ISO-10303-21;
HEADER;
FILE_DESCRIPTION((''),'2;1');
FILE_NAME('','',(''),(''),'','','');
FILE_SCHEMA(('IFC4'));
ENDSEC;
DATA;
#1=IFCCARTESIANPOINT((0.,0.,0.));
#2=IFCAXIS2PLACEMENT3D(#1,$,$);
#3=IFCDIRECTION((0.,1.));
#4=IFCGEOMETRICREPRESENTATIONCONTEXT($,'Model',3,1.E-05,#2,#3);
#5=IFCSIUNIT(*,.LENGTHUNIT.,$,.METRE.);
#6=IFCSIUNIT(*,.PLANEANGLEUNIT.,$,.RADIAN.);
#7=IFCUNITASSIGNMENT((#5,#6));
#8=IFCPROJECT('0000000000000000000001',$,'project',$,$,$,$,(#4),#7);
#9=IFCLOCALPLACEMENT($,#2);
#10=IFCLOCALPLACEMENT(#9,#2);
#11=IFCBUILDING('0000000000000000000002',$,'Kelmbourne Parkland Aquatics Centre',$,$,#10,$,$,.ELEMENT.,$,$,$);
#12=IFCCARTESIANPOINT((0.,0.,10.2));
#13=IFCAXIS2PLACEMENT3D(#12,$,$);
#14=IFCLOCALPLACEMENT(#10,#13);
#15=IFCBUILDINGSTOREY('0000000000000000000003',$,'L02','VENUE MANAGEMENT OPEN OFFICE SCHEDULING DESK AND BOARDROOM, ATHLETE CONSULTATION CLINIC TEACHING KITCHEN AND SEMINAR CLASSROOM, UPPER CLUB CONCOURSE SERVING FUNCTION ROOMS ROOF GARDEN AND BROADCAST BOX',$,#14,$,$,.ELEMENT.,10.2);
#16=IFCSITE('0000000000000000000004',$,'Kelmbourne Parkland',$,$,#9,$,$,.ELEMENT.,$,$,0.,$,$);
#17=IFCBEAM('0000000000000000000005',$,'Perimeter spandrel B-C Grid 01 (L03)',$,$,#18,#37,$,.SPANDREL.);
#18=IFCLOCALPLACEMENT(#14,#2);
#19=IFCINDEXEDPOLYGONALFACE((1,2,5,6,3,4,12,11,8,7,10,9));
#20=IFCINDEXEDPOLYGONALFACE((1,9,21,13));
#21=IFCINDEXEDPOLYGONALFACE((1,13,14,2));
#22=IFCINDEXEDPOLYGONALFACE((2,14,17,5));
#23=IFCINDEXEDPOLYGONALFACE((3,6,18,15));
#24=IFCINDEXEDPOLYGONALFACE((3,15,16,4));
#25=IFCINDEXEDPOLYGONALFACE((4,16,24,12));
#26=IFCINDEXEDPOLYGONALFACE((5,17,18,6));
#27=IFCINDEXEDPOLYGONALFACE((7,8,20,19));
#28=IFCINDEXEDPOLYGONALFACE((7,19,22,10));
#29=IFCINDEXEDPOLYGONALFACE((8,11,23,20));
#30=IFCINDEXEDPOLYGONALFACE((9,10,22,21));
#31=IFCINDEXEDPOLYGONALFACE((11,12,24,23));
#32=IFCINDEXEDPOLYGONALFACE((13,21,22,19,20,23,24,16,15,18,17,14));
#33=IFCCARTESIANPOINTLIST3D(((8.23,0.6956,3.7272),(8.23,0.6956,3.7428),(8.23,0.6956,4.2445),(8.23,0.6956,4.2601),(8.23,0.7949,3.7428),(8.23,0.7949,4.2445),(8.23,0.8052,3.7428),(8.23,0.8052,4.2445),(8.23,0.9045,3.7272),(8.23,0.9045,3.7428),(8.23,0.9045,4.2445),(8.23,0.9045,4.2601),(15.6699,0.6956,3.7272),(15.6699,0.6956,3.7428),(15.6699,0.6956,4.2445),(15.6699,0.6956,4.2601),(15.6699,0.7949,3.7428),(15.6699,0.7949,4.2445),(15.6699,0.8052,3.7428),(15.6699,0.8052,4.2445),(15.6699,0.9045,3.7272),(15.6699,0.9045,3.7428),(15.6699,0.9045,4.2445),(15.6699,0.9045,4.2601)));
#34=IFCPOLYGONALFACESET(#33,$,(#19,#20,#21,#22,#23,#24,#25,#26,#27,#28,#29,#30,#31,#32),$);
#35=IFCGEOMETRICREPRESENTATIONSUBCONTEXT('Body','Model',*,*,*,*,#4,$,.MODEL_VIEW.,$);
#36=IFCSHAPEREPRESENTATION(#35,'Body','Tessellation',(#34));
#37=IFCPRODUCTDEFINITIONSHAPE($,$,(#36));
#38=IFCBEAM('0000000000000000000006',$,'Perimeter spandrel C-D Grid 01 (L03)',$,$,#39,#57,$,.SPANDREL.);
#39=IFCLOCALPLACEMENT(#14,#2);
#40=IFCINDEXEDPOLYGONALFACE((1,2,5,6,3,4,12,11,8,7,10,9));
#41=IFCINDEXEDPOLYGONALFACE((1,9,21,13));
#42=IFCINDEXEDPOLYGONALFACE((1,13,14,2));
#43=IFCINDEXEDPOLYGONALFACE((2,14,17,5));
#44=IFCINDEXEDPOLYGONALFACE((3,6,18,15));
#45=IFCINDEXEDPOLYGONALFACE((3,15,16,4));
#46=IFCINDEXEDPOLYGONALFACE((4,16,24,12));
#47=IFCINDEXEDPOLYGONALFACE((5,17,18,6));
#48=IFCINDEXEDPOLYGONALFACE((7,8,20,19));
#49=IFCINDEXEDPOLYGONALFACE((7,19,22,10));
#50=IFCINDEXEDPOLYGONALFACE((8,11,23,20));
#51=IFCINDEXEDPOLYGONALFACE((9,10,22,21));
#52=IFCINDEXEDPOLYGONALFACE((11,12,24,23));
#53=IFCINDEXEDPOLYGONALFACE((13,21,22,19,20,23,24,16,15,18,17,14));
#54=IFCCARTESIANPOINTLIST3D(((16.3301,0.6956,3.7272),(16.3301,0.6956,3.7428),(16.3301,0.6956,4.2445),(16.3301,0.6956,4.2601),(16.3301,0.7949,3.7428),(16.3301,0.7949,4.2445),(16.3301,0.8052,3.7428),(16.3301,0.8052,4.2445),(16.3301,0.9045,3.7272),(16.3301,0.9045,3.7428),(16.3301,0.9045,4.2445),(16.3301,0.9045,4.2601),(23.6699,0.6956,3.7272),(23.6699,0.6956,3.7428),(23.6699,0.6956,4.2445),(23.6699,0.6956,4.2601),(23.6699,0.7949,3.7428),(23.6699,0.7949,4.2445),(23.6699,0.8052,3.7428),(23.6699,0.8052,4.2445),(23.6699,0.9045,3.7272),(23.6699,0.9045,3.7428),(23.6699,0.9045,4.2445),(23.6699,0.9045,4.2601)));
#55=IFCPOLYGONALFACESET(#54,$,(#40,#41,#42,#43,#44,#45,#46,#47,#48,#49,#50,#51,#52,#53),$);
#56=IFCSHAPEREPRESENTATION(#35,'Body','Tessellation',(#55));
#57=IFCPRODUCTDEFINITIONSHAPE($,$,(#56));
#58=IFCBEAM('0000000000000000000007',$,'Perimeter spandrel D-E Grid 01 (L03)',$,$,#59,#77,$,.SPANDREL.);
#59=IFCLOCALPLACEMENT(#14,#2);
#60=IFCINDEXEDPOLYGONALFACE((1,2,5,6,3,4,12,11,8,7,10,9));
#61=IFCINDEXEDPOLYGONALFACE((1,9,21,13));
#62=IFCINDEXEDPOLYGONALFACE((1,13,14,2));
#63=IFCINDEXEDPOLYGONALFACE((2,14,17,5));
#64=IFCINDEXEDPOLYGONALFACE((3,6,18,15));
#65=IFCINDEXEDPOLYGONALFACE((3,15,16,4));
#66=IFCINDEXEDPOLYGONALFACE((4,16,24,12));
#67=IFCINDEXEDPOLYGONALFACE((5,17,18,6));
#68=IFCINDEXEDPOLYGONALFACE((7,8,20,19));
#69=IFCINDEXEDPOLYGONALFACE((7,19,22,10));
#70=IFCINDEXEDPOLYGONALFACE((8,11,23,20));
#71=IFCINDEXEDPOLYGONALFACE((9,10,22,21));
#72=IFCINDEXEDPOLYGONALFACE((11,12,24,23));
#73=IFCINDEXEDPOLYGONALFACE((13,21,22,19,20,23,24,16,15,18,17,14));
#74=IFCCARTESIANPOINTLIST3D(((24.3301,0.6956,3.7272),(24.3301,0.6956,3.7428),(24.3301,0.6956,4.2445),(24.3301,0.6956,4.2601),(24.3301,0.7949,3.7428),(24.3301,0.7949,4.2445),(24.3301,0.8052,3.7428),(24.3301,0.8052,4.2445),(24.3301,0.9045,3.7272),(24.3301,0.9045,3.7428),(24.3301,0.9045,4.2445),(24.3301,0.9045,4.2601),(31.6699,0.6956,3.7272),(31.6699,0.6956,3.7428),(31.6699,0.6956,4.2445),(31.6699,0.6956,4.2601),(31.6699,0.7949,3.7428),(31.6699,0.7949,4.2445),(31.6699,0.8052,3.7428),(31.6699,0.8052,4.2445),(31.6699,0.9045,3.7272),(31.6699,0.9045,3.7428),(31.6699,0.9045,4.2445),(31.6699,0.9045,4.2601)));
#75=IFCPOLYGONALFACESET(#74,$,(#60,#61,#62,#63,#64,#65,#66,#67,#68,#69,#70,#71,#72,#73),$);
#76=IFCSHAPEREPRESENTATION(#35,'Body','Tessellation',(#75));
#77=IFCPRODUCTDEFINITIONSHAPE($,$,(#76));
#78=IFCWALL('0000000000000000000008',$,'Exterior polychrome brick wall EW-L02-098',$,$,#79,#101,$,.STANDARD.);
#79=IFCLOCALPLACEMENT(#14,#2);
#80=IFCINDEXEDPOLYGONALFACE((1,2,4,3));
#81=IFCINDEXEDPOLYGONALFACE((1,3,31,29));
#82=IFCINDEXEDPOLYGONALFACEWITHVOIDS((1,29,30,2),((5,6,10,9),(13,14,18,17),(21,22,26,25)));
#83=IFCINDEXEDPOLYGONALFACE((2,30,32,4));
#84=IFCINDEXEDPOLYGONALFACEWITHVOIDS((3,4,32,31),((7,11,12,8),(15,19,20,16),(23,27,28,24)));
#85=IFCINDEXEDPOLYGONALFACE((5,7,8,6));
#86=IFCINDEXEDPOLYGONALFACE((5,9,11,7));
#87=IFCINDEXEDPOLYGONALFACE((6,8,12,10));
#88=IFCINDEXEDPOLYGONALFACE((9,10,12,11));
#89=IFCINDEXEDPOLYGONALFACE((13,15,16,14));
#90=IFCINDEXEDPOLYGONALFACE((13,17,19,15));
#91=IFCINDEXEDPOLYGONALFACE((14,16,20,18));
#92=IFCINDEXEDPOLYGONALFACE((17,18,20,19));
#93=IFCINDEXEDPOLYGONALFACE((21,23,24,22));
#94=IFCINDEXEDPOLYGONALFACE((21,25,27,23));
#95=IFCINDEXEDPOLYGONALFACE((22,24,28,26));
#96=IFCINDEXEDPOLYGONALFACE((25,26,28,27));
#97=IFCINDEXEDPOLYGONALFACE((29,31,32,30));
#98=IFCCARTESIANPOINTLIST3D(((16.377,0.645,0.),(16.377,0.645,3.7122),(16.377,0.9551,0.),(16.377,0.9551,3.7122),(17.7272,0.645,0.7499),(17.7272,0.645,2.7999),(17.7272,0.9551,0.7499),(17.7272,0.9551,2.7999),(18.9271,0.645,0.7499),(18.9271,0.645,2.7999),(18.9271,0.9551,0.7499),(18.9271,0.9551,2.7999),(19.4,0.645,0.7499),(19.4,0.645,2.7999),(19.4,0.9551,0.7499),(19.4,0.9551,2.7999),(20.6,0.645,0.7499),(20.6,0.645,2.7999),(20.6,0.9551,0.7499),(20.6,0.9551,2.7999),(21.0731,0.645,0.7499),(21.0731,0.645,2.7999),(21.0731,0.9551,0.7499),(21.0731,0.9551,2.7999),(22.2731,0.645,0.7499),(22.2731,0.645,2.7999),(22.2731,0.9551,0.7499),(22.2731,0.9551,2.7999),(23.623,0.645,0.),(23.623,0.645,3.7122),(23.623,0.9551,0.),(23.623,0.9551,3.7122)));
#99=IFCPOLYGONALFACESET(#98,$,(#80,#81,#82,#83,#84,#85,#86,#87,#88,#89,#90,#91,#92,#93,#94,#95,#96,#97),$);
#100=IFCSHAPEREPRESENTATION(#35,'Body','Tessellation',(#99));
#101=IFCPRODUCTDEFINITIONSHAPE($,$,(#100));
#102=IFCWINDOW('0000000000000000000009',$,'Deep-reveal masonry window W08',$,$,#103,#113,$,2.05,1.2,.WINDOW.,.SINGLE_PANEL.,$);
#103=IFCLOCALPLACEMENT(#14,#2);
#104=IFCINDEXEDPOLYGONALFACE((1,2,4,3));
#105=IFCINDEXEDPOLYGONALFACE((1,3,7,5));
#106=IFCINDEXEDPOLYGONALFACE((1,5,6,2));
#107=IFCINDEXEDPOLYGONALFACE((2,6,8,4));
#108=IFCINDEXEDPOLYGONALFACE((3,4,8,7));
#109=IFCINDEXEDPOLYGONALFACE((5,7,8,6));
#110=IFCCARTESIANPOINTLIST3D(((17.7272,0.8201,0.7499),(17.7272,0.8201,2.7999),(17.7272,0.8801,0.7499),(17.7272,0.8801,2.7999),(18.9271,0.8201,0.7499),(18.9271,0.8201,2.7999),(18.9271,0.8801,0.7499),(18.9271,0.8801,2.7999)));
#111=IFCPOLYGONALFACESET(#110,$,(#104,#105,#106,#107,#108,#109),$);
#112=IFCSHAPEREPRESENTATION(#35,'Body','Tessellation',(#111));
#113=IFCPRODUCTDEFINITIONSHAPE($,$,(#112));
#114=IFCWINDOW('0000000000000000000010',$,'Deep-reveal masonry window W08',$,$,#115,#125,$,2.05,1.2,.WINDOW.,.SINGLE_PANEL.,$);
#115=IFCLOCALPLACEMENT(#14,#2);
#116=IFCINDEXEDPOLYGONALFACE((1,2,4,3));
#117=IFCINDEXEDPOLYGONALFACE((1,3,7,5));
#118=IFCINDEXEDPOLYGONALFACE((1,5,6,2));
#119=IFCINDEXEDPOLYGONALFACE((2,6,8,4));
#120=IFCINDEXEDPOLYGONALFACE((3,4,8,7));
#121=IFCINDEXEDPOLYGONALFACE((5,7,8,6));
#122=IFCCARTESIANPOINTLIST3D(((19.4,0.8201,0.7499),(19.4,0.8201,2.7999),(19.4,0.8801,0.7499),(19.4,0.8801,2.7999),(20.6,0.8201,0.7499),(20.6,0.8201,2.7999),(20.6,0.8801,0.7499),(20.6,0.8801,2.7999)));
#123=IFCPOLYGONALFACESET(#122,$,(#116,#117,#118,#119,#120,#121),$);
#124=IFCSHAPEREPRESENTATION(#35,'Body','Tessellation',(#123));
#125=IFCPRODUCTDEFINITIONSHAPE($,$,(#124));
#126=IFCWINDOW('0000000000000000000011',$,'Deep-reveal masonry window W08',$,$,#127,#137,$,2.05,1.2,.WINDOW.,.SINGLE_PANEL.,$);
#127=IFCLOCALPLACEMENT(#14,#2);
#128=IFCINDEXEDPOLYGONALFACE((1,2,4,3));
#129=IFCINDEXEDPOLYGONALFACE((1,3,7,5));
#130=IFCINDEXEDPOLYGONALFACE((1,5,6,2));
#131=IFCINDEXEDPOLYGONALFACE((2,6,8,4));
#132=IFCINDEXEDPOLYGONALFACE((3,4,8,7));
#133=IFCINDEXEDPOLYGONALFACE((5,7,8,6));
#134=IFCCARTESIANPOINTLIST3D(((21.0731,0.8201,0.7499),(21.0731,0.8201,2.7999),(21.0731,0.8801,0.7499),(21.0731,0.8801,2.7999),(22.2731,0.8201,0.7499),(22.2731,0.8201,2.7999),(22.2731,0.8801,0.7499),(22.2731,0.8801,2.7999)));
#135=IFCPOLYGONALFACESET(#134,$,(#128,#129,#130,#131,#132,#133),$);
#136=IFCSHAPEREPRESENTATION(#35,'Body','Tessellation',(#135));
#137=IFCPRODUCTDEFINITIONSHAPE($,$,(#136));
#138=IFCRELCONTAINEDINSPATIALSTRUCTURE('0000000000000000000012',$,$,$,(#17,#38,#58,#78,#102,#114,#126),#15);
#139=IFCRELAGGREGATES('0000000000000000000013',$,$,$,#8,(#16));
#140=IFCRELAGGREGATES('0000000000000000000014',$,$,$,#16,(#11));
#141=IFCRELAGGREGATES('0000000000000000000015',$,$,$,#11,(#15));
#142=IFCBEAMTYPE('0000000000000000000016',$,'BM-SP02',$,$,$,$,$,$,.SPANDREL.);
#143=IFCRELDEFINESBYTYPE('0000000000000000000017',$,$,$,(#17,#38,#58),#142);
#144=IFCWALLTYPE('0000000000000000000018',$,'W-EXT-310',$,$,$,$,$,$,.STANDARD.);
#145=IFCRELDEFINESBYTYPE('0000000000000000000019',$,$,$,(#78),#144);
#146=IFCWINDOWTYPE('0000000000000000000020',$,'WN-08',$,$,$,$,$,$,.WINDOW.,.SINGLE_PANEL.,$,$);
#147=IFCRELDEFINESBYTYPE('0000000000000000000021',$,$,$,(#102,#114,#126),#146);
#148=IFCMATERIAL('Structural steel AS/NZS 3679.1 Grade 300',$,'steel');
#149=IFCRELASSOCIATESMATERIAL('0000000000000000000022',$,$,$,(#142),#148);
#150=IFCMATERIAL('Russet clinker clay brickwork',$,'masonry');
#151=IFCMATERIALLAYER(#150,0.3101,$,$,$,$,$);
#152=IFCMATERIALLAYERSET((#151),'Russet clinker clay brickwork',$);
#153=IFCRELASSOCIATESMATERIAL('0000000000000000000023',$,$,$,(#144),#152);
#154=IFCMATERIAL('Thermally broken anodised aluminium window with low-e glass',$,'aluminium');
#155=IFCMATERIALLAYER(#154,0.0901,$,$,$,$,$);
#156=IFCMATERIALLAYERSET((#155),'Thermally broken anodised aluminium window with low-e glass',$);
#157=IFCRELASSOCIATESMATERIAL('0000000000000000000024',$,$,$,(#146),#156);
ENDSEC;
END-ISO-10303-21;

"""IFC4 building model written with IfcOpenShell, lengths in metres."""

from ifc_helpers import new_model, si_unit, direction, frame, frame_2d, origin, origin_2d, place, context, subcontext, project, spatial, rectangle, i_section, extrude, material, layer, layer_set, material_profile, profile_set, type_object, element, fill, save


model = new_model("IFC4")

# Units and contexts
model_context = context("Model", 3, precision=1e-05, world=origin(), true_north=direction((0.0, 1.0)))
body_context = subcontext(model_context, "Body", "Model", "MODEL_VIEW")
ifc_project = project(units=[si_unit("LENGTHUNIT", "METRE"), si_unit("PLANEANGLEUNIT", "RADIAN")], contexts=[model_context])

# Site, building, storey
site_placement = place(None, origin())
site = spatial("IfcSite", under=ifc_project, at=site_placement, Name="Kelmbourne Parkland", CompositionType="ELEMENT", RefElevation=0.0)
building_placement = place(site_placement, origin())
building = spatial("IfcBuilding", under=site, at=building_placement, Name="Kelmbourne Parkland Aquatics Centre", CompositionType="ELEMENT")
storey_placement = place(building_placement, frame((0.0, 0.0, 10.2)))
storey = spatial("IfcBuildingStorey", under=building, at=storey_placement, Name="L02", Description="VENUE MANAGEMENT OPEN OFFICE SCHEDULING DESK AND BOARDROOM, ATHLETE CONSULTATION CLINIC TEACHING KITCHEN AND SEMINAR CLASSROOM, UPPER CLUB CONCOURSE SERVING FUNCTION ROOMS ROOF GARDEN AND BROADCAST BOX", CompositionType="ELEMENT", Elevation=10.2)

# Beams
ifc_material_1 = material(Name="Structural steel AS/NZS 3679.1 Grade 300", Category="steel")
ifc_material_profile_1 = material_profile(ifc_material_1, i_section(OverallWidth=0.209, OverallDepth=0.533, WebThickness=0.0103, FlangeThickness=0.0156, at=origin_2d()), Name="530UB92.4")
ifc_profile_set_1 = profile_set([ifc_material_profile_1], Name="Structural steel AS/NZS 3679.1 Grade 300")
beam_type_1 = type_object("IfcBeamType", Name="BM-SP02", PredefinedType="SPANDREL", material=ifc_profile_set_1)
beam_1_placement = place(storey_placement, frame((8.23, 0.8, 3.9937), z_axis=(1.0, 0.0, 0.0), x_axis=(0.0, 1.0, 0.0)))
element("IfcBeam", 1, at=beam_1_placement, inside=storey, type_object=beam_type_1, Name="Perimeter spandrel B-C Grid 01 (L03)", PredefinedType="SPANDREL", context=body_context, shape_type="SweptSolid", body=[
    extrude(i_section(OverallWidth=0.209, OverallDepth=0.533, WebThickness=0.0103, FlangeThickness=0.0156, at=origin_2d()), origin(), (0.0, 0.0, 1.0), 7.4399),
])
for number, where, z_axis, x_axis, name in (
    (2, (16.3301, 0.8, 3.9937), (1.0, 0.0, 0.0), (0.0, 1.0, 0.0), "Perimeter spandrel C-D Grid 01 (L03)"),
    (3, (24.3301, 0.8, 3.9937), (1.0, 0.0, 0.0), (0.0, 1.0, 0.0), "Perimeter spandrel D-E Grid 01 (L03)"),
):
    element("IfcBeam", number, at=place(storey_placement, frame(where, z_axis=z_axis, x_axis=x_axis)), inside=storey, type_object=beam_type_1, Name=name, PredefinedType="SPANDREL", context=body_context, shape_type="SweptSolid", body=[
        extrude(i_section(OverallWidth=0.209, OverallDepth=0.533, WebThickness=0.0103, FlangeThickness=0.0156, at=origin_2d()), origin(), (0.0, 0.0, 1.0), 7.3398),
    ])

# Wall, openings, windows
ifc_material_2 = material(Name="Russet clinker clay brickwork", Category="masonry")
ifc_layer_1 = layer(ifc_material_2, 0.3101)
ifc_layer_set_1 = layer_set([ifc_layer_1], Name="Russet clinker clay brickwork")
wall_type_1 = type_object("IfcWallType", Name="W-EXT-310", PredefinedType="STANDARD", material=ifc_layer_set_1)
wall_1_placement = place(storey_placement, frame((16.377, 0.8, 0.0), z_axis=(0.0, 0.0, 1.0), x_axis=(1.0, 0.0, 0.0)))
wall_1 = element("IfcWall", 4, at=wall_1_placement, inside=storey, type_object=wall_type_1, Name="Exterior polychrome brick wall EW-L02-098", PredefinedType="STANDARD", context=body_context, shape_type="SweptSolid", body=[
    extrude(rectangle(XDim=7.2461, YDim=0.3101, at=frame_2d((3.623, 0.0))), origin(), (0.0, 0.0, 1.0), 3.7122),
])
opening_1_placement = place(wall_1_placement, frame((1.3501, 0.0, 0.75)))
opening_1 = element("IfcOpeningElement", 5, at=opening_1_placement, cuts=wall_1, PredefinedType="OPENING", context=body_context, shape_type="SweptSolid", body=[
    extrude(rectangle(XDim=1.2, YDim=2.05, at=frame_2d((0.6001, 1.0249))), frame((0.0, 0.167, 0.0), z_axis=(0.0, -1.0, 0.0), x_axis=(1.0, 0.0, 0.0)), (0.0, 0.0, 1.0), 0.334),
])
opening_2_placement = place(wall_1_placement, frame((3.0229, 0.0, 0.75)))
opening_2 = element("IfcOpeningElement", 6, at=opening_2_placement, cuts=wall_1, PredefinedType="OPENING", context=body_context, shape_type="SweptSolid", body=[
    extrude(rectangle(XDim=1.2, YDim=2.05, at=frame_2d((0.6001, 1.0249))), frame((0.0, 0.167, 0.0), z_axis=(0.0, -1.0, 0.0), x_axis=(1.0, 0.0, 0.0)), (0.0, 0.0, 1.0), 0.334),
])
opening_3_placement = place(wall_1_placement, frame((4.696, 0.0, 0.75)))
opening_3 = element("IfcOpeningElement", 7, at=opening_3_placement, cuts=wall_1, PredefinedType="OPENING", context=body_context, shape_type="SweptSolid", body=[
    extrude(rectangle(XDim=1.2, YDim=2.05, at=frame_2d((0.6001, 1.0249))), frame((0.0, 0.167, 0.0), z_axis=(0.0, -1.0, 0.0), x_axis=(1.0, 0.0, 0.0)), (0.0, 0.0, 1.0), 0.334),
])
ifc_material_3 = material(Name="Thermally broken anodised aluminium window with low-e glass", Category="aluminium")
ifc_layer_2 = layer(ifc_material_3, 0.0901)
ifc_layer_set_2 = layer_set([ifc_layer_2], Name="Thermally broken anodised aluminium window with low-e glass")
window_type_1 = type_object("IfcWindowType", Name="WN-08", PartitioningType="SINGLE_PANEL", PredefinedType="WINDOW", material=ifc_layer_set_2)
window_1_placement = place(opening_1_placement, origin())
window_1 = element("IfcWindow", 8, at=window_1_placement, inside=storey, type_object=window_type_1, Name="Deep-reveal masonry window W08", OverallHeight=2.05, OverallWidth=1.2, PartitioningType="SINGLE_PANEL", PredefinedType="WINDOW", context=body_context, shape_type="SweptSolid", body=[
    extrude(rectangle(XDim=1.2, YDim=2.05, at=frame_2d((0.6001, 1.0249))), frame((0.0, 0.0801, 0.0), z_axis=(0.0, -1.0, 0.0), x_axis=(1.0, 0.0, 0.0)), (0.0, 0.0, 1.0), 0.0601),
])
fill(opening_1, window_1)
window_2_placement = place(opening_2_placement, origin())
window_2 = element("IfcWindow", 9, at=window_2_placement, inside=storey, type_object=window_type_1, Name="Deep-reveal masonry window W08", OverallHeight=2.05, OverallWidth=1.2, PartitioningType="SINGLE_PANEL", PredefinedType="WINDOW", context=body_context, shape_type="SweptSolid", body=[
    extrude(rectangle(XDim=1.2, YDim=2.05, at=frame_2d((0.6001, 1.0249))), frame((0.0, 0.0801, 0.0), z_axis=(0.0, -1.0, 0.0), x_axis=(1.0, 0.0, 0.0)), (0.0, 0.0, 1.0), 0.0601),
])
fill(opening_2, window_2)
window_3_placement = place(opening_3_placement, origin())
window_3 = element("IfcWindow", 10, at=window_3_placement, inside=storey, type_object=window_type_1, Name="Deep-reveal masonry window W08", OverallHeight=2.05, OverallWidth=1.2, PartitioningType="SINGLE_PANEL", PredefinedType="WINDOW", context=body_context, shape_type="SweptSolid", body=[
    extrude(rectangle(XDim=1.2, YDim=2.05, at=frame_2d((0.6001, 1.0249))), frame((0.0, 0.0801, 0.0), z_axis=(0.0, -1.0, 0.0), x_axis=(1.0, 0.0, 0.0)), (0.0, 0.0, 1.0), 0.0601),
])
fill(opening_3, window_3)

save(model, "model.ifc")
